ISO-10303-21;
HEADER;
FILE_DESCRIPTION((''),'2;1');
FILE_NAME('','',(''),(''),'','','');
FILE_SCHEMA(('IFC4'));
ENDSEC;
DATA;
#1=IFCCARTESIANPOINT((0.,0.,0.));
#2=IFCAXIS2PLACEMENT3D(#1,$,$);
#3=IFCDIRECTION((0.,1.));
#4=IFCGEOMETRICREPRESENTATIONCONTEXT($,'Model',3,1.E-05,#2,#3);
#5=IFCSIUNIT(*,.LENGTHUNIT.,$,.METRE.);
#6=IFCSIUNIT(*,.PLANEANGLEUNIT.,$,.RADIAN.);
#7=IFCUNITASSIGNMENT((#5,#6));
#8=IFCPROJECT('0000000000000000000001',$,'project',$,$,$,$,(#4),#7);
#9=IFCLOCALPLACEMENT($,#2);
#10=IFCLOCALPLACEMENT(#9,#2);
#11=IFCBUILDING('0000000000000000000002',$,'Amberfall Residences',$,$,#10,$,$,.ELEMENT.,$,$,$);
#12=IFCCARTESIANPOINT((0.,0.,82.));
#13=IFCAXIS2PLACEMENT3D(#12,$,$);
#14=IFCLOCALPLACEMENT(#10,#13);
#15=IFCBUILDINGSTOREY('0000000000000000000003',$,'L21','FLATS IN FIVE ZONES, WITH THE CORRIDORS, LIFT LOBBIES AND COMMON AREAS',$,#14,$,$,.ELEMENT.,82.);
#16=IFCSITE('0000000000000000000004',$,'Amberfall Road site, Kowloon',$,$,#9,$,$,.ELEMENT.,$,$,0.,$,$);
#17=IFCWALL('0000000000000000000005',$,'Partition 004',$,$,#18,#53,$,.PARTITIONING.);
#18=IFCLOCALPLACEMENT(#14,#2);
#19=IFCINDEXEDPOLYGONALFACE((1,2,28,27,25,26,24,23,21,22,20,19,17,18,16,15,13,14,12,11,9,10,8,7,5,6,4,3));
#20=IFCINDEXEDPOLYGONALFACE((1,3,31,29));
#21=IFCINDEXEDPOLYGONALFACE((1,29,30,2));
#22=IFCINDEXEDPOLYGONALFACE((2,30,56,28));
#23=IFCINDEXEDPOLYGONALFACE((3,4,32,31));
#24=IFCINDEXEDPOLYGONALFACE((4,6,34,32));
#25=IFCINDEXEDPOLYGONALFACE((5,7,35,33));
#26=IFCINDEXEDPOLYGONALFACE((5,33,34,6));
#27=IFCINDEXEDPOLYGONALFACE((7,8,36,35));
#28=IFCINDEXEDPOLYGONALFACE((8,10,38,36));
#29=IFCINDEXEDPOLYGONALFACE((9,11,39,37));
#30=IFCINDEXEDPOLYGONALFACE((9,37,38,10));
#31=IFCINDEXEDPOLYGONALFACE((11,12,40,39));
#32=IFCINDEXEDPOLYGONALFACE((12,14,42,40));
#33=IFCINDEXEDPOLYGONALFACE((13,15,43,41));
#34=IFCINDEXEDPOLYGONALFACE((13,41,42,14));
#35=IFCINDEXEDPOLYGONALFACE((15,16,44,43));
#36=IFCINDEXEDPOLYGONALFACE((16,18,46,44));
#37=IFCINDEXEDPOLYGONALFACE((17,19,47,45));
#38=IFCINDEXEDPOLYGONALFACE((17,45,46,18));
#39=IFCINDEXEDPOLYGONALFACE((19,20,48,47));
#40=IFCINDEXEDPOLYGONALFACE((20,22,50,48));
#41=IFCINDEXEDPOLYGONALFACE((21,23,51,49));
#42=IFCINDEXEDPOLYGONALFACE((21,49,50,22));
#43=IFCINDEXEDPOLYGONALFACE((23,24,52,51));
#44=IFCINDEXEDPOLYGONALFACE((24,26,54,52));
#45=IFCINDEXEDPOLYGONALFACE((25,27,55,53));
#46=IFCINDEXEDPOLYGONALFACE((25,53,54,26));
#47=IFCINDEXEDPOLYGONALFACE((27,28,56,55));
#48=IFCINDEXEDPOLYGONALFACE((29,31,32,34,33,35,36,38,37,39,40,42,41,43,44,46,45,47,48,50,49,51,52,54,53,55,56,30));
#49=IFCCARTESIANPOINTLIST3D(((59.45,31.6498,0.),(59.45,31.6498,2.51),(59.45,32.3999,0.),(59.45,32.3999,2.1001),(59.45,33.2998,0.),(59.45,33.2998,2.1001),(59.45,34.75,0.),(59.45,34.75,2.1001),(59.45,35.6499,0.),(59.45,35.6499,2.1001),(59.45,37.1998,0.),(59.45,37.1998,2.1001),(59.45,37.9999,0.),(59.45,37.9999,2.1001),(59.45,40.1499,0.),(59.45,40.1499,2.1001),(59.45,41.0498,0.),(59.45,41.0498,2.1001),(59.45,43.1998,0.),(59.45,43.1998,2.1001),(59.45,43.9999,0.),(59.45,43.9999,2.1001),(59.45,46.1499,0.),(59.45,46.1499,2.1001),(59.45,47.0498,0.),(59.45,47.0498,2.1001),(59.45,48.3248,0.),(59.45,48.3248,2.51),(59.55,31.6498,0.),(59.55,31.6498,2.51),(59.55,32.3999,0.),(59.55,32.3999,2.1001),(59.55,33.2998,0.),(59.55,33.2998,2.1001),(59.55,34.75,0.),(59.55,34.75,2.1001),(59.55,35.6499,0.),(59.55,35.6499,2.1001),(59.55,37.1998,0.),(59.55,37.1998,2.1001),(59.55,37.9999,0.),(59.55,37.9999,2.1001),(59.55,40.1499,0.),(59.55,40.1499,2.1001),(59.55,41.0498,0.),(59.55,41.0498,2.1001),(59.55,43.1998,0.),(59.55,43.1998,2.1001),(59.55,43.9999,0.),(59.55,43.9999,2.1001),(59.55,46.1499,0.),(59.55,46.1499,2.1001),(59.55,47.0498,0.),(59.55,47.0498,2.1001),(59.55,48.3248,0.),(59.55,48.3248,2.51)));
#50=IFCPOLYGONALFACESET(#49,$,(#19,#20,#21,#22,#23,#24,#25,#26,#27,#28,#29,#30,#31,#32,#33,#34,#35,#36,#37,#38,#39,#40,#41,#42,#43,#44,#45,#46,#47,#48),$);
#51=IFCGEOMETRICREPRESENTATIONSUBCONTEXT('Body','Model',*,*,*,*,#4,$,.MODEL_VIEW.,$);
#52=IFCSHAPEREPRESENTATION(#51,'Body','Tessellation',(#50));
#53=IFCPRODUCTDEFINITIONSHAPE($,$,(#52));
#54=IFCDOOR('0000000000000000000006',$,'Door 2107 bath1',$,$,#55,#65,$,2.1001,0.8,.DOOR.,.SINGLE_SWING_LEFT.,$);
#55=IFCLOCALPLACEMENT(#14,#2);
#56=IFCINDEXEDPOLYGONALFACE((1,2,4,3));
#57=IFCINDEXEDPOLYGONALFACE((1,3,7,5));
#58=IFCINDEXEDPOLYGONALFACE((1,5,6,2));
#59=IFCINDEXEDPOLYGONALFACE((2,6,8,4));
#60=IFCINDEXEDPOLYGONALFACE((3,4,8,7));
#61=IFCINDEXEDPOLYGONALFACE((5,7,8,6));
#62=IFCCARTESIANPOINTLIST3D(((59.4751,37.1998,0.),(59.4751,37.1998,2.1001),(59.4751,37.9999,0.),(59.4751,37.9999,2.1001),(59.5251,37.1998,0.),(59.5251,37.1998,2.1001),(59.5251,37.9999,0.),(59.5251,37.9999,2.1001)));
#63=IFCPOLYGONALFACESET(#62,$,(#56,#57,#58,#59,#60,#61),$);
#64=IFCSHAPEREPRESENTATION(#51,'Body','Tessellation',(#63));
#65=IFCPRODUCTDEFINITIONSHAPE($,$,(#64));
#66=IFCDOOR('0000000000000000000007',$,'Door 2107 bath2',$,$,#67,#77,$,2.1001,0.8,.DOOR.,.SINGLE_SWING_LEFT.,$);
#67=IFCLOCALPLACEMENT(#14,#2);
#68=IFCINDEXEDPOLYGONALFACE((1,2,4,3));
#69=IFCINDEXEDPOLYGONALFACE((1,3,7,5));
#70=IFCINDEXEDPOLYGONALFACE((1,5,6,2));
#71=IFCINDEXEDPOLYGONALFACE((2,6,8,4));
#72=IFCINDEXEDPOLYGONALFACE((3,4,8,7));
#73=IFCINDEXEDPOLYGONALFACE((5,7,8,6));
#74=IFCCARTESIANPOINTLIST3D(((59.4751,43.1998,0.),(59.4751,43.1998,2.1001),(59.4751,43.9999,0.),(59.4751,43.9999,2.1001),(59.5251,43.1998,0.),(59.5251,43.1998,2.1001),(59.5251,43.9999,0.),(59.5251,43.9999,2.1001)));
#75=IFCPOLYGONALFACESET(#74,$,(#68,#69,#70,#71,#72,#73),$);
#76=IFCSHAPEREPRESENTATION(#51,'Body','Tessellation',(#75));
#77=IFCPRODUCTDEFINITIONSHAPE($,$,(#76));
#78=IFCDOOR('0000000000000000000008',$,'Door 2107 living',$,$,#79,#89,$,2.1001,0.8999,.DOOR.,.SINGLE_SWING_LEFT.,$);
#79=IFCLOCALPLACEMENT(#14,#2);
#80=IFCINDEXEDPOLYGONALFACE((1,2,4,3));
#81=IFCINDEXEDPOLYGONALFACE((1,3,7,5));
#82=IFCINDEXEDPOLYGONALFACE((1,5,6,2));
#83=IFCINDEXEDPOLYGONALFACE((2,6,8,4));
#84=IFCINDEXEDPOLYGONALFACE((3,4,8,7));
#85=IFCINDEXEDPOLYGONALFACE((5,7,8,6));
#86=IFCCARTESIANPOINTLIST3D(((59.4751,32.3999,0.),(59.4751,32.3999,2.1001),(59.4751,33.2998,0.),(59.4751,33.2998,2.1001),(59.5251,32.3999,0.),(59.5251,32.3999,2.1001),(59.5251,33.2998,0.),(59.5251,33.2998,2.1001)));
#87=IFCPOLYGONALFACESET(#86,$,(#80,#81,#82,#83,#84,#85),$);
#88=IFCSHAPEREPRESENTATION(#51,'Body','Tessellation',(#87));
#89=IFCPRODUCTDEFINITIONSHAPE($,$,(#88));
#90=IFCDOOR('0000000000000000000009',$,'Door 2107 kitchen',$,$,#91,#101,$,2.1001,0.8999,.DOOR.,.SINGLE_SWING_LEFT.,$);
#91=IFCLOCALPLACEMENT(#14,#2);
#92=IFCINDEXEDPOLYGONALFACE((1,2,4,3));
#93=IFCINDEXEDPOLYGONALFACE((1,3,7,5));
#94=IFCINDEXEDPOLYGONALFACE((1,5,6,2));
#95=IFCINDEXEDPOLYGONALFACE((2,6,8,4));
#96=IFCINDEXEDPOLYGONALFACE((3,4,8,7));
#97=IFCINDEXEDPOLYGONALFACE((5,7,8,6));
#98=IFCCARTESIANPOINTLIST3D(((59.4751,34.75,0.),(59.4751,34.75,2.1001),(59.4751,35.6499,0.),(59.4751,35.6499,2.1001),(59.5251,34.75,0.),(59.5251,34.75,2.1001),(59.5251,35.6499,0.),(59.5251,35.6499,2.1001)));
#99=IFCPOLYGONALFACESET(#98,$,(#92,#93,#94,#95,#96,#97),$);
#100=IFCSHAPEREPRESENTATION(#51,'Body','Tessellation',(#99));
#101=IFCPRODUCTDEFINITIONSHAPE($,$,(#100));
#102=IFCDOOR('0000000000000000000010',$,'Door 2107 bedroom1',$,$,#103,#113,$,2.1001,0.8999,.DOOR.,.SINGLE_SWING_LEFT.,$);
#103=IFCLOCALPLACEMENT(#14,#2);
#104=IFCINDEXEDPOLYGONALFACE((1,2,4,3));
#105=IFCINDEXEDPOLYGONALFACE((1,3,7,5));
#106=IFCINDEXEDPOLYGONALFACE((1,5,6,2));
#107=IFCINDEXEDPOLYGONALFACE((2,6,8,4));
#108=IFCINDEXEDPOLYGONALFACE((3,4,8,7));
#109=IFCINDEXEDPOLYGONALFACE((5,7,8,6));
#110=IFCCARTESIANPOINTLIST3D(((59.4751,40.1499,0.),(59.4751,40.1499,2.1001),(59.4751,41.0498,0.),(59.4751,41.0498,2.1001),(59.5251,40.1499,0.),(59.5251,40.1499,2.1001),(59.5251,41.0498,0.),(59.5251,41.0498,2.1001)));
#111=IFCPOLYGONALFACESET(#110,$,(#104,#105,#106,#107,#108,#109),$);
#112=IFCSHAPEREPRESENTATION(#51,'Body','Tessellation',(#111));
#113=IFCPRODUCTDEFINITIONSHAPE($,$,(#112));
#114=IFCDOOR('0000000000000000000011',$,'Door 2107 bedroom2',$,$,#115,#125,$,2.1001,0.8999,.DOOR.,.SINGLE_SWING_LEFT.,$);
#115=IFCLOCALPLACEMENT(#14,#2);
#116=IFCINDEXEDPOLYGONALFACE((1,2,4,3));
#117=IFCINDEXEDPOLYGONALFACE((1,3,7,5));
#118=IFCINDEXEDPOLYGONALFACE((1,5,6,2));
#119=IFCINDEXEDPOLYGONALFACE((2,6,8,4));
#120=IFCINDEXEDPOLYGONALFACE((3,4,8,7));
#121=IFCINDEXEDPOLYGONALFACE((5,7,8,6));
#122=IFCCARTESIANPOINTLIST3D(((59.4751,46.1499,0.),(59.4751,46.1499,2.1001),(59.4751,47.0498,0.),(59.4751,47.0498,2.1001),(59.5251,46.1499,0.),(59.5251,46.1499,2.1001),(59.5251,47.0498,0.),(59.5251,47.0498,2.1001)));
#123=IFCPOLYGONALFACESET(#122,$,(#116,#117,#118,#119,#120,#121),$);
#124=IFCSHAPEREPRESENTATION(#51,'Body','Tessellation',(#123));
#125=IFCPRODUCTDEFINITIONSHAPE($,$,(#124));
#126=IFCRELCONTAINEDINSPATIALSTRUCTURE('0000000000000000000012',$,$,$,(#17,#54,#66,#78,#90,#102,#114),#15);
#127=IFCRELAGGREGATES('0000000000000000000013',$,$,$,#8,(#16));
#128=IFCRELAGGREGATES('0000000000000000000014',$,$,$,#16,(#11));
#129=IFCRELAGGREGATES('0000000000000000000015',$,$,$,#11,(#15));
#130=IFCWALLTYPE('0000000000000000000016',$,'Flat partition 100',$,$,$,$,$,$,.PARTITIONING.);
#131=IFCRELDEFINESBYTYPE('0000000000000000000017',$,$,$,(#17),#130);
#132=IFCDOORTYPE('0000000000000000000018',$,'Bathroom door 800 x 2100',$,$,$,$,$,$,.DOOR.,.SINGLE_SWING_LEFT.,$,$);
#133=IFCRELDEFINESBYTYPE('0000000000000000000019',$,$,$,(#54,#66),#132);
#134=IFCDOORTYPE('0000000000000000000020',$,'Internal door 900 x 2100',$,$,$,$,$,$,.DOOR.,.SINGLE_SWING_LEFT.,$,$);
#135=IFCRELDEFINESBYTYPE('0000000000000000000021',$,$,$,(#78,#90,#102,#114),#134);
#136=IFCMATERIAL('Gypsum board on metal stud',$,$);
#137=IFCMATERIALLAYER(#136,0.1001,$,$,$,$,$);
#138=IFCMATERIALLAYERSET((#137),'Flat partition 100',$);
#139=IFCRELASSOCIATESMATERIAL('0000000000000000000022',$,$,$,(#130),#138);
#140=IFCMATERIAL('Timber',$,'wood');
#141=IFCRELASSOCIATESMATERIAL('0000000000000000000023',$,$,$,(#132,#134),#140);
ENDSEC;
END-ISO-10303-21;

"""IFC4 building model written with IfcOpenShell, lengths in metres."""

from ifc_helpers import new_model, si_unit, direction, frame, frame_2d, origin, place, context, subcontext, project, spatial, rectangle, extrude, material, layer, layer_set, type_object, element, fill, save


model = new_model("IFC4")

# Units and contexts
model_context = context("Model", 3, precision=1e-05, world=origin(), true_north=direction((0.0, 1.0)))
body_context = subcontext(model_context, "Body", "Model", "MODEL_VIEW")
ifc_project = project(units=[si_unit("LENGTHUNIT", "METRE"), si_unit("PLANEANGLEUNIT", "RADIAN")], contexts=[model_context])

# Site, building, storey
site_placement = place(None, origin())
site = spatial("IfcSite", under=ifc_project, at=site_placement, Name="Amberfall Road site, Kowloon", CompositionType="ELEMENT", RefElevation=0.0)
building_placement = place(site_placement, origin())
building = spatial("IfcBuilding", under=site, at=building_placement, Name="Amberfall Residences", CompositionType="ELEMENT")
storey_placement = place(building_placement, frame((0.0, 0.0, 82.0)))
storey = spatial("IfcBuildingStorey", under=building, at=storey_placement, Name="L21", Description="FLATS IN FIVE ZONES, WITH THE CORRIDORS, LIFT LOBBIES AND COMMON AREAS", CompositionType="ELEMENT", Elevation=82.0)

# Wall, openings, doors
ifc_material_1 = material(Name="Gypsum board on metal stud")
ifc_layer_1 = layer(ifc_material_1, 0.1001)
ifc_layer_set_1 = layer_set([ifc_layer_1], Name="Flat partition 100")
wall_type_1 = type_object("IfcWallType", Name="Flat partition 100", PredefinedType="PARTITIONING", material=ifc_layer_set_1)
wall_1_placement = place(storey_placement, frame((59.5, 31.6499, 0.0), z_axis=(0.0, 0.0, 1.0), x_axis=(0.0, 1.0, 0.0)))
wall_1 = element("IfcWall", 1, at=wall_1_placement, inside=storey, type_object=wall_type_1, Name="Partition 004", PredefinedType="PARTITIONING", context=body_context, shape_type="SweptSolid", body=[
    extrude(rectangle(XDim=16.675, YDim=0.1001, at=frame_2d((8.3374, 0.0))), origin(), (0.0, 0.0, 1.0), 2.51),
])
opening_1_placement = place(wall_1_placement, frame((0.75, 0.0, 0.0)))
opening_1 = element("IfcOpeningElement", 2, at=opening_1_placement, cuts=wall_1, PredefinedType="OPENING", context=body_context, shape_type="SweptSolid", body=[
    extrude(rectangle(XDim=0.8999, YDim=2.1001, at=frame_2d((0.45, 1.05))), frame((0.0, 0.0601, 0.0), z_axis=(0.0, -1.0, 0.0), x_axis=(1.0, 0.0, 0.0)), (0.0, 0.0, 1.0), 0.1201),
])
opening_2_placement = place(wall_1_placement, frame((3.1001, 0.0, 0.0)))
opening_2 = element("IfcOpeningElement", 3, at=opening_2_placement, cuts=wall_1, PredefinedType="OPENING", context=body_context, shape_type="SweptSolid", body=[
    extrude(rectangle(XDim=0.8999, YDim=2.1001, at=frame_2d((0.45, 1.05))), frame((0.0, 0.0601, 0.0), z_axis=(0.0, -1.0, 0.0), x_axis=(1.0, 0.0, 0.0)), (0.0, 0.0, 1.0), 0.1201),
])
opening_3_placement = place(wall_1_placement, frame((8.5, 0.0, 0.0)))
opening_3 = element("IfcOpeningElement", 4, at=opening_3_placement, cuts=wall_1, PredefinedType="OPENING", context=body_context, shape_type="SweptSolid", body=[
    extrude(rectangle(XDim=0.8999, YDim=2.1001, at=frame_2d((0.45, 1.05))), frame((0.0, 0.0601, 0.0), z_axis=(0.0, -1.0, 0.0), x_axis=(1.0, 0.0, 0.0)), (0.0, 0.0, 1.0), 0.1201),
])
opening_4_placement = place(wall_1_placement, frame((14.5, 0.0, 0.0)))
opening_4 = element("IfcOpeningElement", 5, at=opening_4_placement, cuts=wall_1, PredefinedType="OPENING", context=body_context, shape_type="SweptSolid", body=[
    extrude(rectangle(XDim=0.8999, YDim=2.1001, at=frame_2d((0.45, 1.05))), frame((0.0, 0.0601, 0.0), z_axis=(0.0, -1.0, 0.0), x_axis=(1.0, 0.0, 0.0)), (0.0, 0.0, 1.0), 0.1201),
])
opening_5_placement = place(wall_1_placement, frame((5.55, 0.0, 0.0)))
opening_5 = element("IfcOpeningElement", 6, at=opening_5_placement, cuts=wall_1, PredefinedType="OPENING", context=body_context, shape_type="SweptSolid", body=[
    extrude(rectangle(XDim=0.8, YDim=2.1001, at=frame_2d((0.3999, 1.05))), frame((0.0, 0.0601, 0.0), z_axis=(0.0, -1.0, 0.0), x_axis=(1.0, 0.0, 0.0)), (0.0, 0.0, 1.0), 0.1201),
])
opening_6_placement = place(wall_1_placement, frame((11.55, 0.0, 0.0)))
opening_6 = element("IfcOpeningElement", 7, at=opening_6_placement, cuts=wall_1, PredefinedType="OPENING", context=body_context, shape_type="SweptSolid", body=[
    extrude(rectangle(XDim=0.8, YDim=2.1001, at=frame_2d((0.3999, 1.05))), frame((0.0, 0.0601, 0.0), z_axis=(0.0, -1.0, 0.0), x_axis=(1.0, 0.0, 0.0)), (0.0, 0.0, 1.0), 0.1201),
])
ifc_material_2 = material(Name="Timber", Category="wood")
door_type_1 = type_object("IfcDoorType", Name="Bathroom door 800 x 2100", OperationType="SINGLE_SWING_LEFT", PredefinedType="DOOR", material=ifc_material_2)
door_1_placement = place(opening_5_placement, origin())
door_1 = element("IfcDoor", 8, at=door_1_placement, inside=storey, type_object=door_type_1, Name="Door 2107 bath1", OperationType="SINGLE_SWING_LEFT", OverallHeight=2.1001, OverallWidth=0.8, PredefinedType="DOOR", context=body_context, shape_type="SweptSolid", body=[
    extrude(rectangle(XDim=0.8, YDim=2.1001, at=frame_2d((0.3999, 1.05))), frame((0.0, 0.0249, 0.0), z_axis=(0.0, -1.0, 0.0), x_axis=(1.0, 0.0, 0.0)), (0.0, 0.0, 1.0), 0.05),
])
fill(opening_5, door_1)
door_2_placement = place(opening_6_placement, origin())
door_2 = element("IfcDoor", 9, at=door_2_placement, inside=storey, type_object=door_type_1, Name="Door 2107 bath2", OperationType="SINGLE_SWING_LEFT", OverallHeight=2.1001, OverallWidth=0.8, PredefinedType="DOOR", context=body_context, shape_type="SweptSolid", body=[
    extrude(rectangle(XDim=0.8, YDim=2.1001, at=frame_2d((0.3999, 1.05))), frame((0.0, 0.0249, 0.0), z_axis=(0.0, -1.0, 0.0), x_axis=(1.0, 0.0, 0.0)), (0.0, 0.0, 1.0), 0.05),
])
fill(opening_6, door_2)
door_type_2 = type_object("IfcDoorType", Name="Internal door 900 x 2100", OperationType="SINGLE_SWING_LEFT", PredefinedType="DOOR", material=ifc_material_2)
door_3_placement = place(opening_1_placement, origin())
door_3 = element("IfcDoor", 10, at=door_3_placement, inside=storey, type_object=door_type_2, Name="Door 2107 living", OperationType="SINGLE_SWING_LEFT", OverallHeight=2.1001, OverallWidth=0.8999, PredefinedType="DOOR", context=body_context, shape_type="SweptSolid", body=[
    extrude(rectangle(XDim=0.8999, YDim=2.1001, at=frame_2d((0.45, 1.05))), frame((0.0, 0.0249, 0.0), z_axis=(0.0, -1.0, 0.0), x_axis=(1.0, 0.0, 0.0)), (0.0, 0.0, 1.0), 0.05),
])
fill(opening_1, door_3)
door_4_placement = place(opening_2_placement, origin())
door_4 = element("IfcDoor", 11, at=door_4_placement, inside=storey, type_object=door_type_2, Name="Door 2107 kitchen", OperationType="SINGLE_SWING_LEFT", OverallHeight=2.1001, OverallWidth=0.8999, PredefinedType="DOOR", context=body_context, shape_type="SweptSolid", body=[
    extrude(rectangle(XDim=0.8999, YDim=2.1001, at=frame_2d((0.45, 1.05))), frame((0.0, 0.0249, 0.0), z_axis=(0.0, -1.0, 0.0), x_axis=(1.0, 0.0, 0.0)), (0.0, 0.0, 1.0), 0.05),
])
fill(opening_2, door_4)
door_5_placement = place(opening_3_placement, origin())
door_5 = element("IfcDoor", 12, at=door_5_placement, inside=storey, type_object=door_type_2, Name="Door 2107 bedroom1", OperationType="SINGLE_SWING_LEFT", OverallHeight=2.1001, OverallWidth=0.8999, PredefinedType="DOOR", context=body_context, shape_type="SweptSolid", body=[
    extrude(rectangle(XDim=0.8999, YDim=2.1001, at=frame_2d((0.45, 1.05))), frame((0.0, 0.0249, 0.0), z_axis=(0.0, -1.0, 0.0), x_axis=(1.0, 0.0, 0.0)), (0.0, 0.0, 1.0), 0.05),
])
fill(opening_3, door_5)
door_6_placement = place(opening_4_placement, origin())
door_6 = element("IfcDoor", 13, at=door_6_placement, inside=storey, type_object=door_type_2, Name="Door 2107 bedroom2", OperationType="SINGLE_SWING_LEFT", OverallHeight=2.1001, OverallWidth=0.8999, PredefinedType="DOOR", context=body_context, shape_type="SweptSolid", body=[
    extrude(rectangle(XDim=0.8999, YDim=2.1001, at=frame_2d((0.45, 1.05))), frame((0.0, 0.0249, 0.0), z_axis=(0.0, -1.0, 0.0), x_axis=(1.0, 0.0, 0.0)), (0.0, 0.0, 1.0), 0.05),
])
fill(opening_4, door_6)

save(model, "model.ifc")
